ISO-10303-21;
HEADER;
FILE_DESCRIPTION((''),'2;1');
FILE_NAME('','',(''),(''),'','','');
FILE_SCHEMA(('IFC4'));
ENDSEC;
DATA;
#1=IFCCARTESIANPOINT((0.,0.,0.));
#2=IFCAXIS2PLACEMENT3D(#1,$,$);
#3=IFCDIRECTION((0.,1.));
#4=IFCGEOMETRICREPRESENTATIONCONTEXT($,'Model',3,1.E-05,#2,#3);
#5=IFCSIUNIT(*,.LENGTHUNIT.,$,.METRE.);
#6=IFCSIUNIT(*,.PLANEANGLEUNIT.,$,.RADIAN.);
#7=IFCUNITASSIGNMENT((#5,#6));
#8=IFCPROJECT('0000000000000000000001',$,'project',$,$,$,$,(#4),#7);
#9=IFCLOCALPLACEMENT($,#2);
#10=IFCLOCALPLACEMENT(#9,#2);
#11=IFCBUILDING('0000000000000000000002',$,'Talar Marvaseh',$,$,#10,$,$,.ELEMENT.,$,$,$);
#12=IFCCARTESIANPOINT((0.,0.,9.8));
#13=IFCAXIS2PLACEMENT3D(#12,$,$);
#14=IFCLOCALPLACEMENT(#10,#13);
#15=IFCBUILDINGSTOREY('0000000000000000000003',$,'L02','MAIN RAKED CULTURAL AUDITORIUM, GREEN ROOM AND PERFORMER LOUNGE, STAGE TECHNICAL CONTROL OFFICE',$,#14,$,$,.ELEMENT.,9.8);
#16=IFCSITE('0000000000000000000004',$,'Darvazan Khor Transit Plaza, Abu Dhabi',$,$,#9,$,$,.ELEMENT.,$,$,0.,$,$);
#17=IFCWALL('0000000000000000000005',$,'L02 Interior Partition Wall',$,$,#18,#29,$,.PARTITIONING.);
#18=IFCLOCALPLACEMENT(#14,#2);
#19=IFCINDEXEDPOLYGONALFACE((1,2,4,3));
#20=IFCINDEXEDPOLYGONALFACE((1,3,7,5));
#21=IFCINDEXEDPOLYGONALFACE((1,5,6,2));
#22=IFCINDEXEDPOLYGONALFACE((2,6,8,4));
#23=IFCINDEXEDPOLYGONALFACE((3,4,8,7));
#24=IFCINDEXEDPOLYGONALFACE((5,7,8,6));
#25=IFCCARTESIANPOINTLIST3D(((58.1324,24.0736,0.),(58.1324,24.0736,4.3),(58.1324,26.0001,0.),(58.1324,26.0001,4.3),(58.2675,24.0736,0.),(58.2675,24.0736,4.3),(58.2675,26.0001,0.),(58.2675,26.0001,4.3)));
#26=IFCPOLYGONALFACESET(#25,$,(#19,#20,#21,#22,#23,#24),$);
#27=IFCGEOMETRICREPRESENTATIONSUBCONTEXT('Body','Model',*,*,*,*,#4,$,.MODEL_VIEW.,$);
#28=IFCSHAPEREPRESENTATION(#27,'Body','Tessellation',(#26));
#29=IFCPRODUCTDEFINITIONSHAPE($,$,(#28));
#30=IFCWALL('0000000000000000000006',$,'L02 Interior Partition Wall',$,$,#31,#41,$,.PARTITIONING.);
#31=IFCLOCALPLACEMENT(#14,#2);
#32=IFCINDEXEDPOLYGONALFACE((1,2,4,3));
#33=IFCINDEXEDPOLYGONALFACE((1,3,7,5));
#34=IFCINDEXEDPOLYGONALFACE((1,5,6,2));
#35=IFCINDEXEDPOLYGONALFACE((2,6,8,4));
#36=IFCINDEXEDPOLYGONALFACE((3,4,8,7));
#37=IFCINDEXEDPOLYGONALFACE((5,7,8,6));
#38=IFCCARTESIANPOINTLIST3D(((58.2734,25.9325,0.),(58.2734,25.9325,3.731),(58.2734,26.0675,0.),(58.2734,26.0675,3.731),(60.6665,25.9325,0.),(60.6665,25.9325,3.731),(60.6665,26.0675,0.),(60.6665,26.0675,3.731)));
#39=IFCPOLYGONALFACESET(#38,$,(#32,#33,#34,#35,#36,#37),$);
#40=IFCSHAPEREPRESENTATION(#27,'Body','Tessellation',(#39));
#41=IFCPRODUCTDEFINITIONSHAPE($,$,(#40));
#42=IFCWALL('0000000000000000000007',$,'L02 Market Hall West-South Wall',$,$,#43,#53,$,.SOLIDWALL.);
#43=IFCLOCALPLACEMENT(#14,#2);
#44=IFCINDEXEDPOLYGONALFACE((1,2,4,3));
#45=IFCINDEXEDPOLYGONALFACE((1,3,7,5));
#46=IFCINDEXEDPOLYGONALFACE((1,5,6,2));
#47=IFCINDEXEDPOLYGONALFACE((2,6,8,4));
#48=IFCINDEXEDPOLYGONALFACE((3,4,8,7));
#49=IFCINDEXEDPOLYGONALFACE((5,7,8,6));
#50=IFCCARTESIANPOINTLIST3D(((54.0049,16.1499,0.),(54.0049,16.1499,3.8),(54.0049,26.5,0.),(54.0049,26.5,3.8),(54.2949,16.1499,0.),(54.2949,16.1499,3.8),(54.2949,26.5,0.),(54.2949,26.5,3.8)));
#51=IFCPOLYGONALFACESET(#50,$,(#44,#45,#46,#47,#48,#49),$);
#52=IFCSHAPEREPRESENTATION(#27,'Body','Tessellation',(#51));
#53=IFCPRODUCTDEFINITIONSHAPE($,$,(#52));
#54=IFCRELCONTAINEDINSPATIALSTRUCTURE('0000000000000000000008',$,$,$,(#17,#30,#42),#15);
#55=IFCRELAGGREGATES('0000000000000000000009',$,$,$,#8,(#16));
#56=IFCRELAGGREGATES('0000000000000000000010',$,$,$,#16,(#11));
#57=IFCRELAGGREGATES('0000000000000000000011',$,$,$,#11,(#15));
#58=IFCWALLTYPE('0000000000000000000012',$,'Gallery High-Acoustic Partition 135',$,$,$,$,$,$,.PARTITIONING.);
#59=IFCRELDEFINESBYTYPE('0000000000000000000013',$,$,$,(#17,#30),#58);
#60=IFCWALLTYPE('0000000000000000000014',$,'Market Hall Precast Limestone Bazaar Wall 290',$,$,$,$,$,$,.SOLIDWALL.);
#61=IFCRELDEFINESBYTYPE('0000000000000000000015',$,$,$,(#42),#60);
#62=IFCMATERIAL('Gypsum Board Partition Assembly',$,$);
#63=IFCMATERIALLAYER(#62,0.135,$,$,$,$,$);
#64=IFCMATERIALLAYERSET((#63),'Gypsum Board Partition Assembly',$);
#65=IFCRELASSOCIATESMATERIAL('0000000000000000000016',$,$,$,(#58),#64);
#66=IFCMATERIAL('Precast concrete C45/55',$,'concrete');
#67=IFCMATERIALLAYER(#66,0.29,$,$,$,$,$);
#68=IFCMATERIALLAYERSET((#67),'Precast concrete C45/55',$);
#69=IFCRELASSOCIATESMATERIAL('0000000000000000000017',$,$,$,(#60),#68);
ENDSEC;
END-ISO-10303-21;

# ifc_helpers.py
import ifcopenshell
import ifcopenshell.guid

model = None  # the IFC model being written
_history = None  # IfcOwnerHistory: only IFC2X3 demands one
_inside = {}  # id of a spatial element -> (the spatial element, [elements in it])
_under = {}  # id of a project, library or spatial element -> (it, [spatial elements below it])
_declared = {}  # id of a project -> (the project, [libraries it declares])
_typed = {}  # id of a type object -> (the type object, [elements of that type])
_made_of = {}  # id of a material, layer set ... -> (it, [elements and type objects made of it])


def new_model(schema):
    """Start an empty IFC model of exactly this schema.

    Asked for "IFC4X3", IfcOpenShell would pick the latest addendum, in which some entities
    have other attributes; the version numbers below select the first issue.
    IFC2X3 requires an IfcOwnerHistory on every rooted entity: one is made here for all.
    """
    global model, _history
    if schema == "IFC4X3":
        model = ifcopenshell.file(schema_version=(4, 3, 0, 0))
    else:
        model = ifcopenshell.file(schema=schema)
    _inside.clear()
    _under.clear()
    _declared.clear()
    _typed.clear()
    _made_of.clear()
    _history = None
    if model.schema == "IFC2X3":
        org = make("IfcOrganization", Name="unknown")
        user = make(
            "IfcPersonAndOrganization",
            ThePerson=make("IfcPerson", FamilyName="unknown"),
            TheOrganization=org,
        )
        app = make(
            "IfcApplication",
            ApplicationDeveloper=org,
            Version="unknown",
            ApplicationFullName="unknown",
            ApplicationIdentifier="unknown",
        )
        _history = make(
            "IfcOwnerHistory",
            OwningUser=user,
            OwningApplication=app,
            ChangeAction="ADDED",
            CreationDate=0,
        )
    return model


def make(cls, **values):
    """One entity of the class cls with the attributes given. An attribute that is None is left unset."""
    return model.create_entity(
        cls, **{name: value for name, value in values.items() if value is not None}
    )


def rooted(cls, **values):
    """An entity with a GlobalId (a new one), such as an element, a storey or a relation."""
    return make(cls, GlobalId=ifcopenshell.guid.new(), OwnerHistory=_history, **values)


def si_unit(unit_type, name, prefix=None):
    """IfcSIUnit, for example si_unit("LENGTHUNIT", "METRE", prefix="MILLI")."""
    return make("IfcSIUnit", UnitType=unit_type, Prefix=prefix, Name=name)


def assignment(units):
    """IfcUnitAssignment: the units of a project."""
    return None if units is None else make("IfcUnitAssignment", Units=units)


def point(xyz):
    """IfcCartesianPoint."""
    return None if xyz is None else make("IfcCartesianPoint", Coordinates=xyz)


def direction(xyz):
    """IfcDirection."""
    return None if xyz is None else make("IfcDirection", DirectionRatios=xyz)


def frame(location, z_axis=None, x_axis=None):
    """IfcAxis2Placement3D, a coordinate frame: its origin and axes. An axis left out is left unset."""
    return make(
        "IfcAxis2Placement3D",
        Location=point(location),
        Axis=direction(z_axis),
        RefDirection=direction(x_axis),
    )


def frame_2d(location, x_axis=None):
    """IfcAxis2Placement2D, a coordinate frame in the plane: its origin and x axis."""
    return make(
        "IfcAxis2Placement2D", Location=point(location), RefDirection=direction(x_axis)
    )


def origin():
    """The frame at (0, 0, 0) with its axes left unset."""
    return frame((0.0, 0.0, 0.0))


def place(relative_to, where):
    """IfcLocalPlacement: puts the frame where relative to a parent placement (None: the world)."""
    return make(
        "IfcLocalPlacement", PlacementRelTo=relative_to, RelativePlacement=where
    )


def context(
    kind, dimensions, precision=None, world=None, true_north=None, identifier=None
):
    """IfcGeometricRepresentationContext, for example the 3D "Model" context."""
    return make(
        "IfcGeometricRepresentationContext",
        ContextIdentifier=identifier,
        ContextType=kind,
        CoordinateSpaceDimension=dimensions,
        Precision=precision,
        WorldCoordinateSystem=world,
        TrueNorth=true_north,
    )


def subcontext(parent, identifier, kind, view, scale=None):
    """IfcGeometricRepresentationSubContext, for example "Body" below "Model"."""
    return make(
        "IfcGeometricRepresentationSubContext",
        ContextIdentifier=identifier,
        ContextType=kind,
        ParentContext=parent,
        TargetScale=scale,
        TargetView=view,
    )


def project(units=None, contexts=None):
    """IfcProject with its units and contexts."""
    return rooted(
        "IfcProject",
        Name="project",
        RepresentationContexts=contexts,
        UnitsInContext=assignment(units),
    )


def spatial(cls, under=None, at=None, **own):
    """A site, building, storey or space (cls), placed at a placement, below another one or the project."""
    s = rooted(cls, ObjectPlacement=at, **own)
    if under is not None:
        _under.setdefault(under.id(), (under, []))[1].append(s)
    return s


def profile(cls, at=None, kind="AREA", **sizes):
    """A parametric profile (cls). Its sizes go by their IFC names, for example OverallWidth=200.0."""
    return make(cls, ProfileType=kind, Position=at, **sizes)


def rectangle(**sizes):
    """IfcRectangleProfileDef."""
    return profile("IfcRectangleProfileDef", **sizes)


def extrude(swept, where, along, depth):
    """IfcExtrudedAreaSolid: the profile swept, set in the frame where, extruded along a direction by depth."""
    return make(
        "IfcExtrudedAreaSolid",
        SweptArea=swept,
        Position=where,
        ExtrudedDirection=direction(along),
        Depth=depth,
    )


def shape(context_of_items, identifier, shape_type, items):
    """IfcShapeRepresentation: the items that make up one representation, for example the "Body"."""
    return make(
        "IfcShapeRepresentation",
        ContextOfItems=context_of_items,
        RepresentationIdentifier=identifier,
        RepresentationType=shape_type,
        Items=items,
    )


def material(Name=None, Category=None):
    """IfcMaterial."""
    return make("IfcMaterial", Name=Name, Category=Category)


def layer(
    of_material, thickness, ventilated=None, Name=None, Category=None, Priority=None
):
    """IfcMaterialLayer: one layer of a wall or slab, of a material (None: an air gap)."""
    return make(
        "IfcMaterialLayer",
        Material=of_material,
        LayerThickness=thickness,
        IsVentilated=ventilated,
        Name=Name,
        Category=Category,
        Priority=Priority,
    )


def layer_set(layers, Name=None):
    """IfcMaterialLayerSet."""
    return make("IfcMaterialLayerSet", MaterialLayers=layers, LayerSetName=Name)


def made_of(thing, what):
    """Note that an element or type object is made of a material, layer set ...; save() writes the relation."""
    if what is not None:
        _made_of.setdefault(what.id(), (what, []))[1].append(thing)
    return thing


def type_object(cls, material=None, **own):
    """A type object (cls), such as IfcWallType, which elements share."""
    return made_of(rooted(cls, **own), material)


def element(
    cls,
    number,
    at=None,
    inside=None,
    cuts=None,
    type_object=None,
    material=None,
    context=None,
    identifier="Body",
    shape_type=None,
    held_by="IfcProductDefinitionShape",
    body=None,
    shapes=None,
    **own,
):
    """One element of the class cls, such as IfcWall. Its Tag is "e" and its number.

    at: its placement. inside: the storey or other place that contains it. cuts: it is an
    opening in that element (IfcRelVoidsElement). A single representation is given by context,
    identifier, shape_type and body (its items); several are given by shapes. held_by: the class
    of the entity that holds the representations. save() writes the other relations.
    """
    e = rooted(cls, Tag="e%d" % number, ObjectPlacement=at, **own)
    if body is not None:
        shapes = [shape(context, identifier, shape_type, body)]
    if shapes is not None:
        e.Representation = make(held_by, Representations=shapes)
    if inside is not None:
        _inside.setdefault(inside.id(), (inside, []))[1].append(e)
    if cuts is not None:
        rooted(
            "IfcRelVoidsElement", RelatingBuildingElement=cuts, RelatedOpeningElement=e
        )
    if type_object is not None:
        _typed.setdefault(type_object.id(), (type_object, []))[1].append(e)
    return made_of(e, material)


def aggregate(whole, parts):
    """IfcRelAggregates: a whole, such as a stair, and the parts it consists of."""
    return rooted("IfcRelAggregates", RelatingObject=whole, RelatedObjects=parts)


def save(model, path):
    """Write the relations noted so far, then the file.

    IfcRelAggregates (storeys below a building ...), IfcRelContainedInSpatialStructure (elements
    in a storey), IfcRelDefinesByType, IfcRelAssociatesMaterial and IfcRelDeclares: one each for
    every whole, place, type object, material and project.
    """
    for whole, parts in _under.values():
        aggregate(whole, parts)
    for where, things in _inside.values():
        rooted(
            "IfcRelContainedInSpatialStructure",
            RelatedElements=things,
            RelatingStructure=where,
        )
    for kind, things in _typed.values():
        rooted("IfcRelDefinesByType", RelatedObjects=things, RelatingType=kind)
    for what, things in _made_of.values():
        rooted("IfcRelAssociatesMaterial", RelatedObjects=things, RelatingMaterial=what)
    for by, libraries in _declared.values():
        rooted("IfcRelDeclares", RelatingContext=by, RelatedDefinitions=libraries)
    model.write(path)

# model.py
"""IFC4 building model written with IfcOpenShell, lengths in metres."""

from ifc_helpers import new_model, si_unit, direction, frame, frame_2d, origin, place, context, subcontext, project, spatial, rectangle, extrude, material, layer, layer_set, type_object, element, save


model = new_model("IFC4")

# Units and contexts
model_context = context("Model", 3, precision=1e-05, world=origin(), true_north=direction((0.0, 1.0)))
body_context = subcontext(model_context, "Body", "Model", "MODEL_VIEW")
ifc_project = project(units=[si_unit("LENGTHUNIT", "METRE"), si_unit("PLANEANGLEUNIT", "RADIAN")], contexts=[model_context])

# Site, building, storey
site_placement = place(None, origin())
site = spatial("IfcSite", under=ifc_project, at=site_placement, Name="Darvazan Khor Transit Plaza, Abu Dhabi", CompositionType="ELEMENT", RefElevation=0.0)
building_placement = place(site_placement, origin())
building = spatial("IfcBuilding", under=site, at=building_placement, Name="Talar Marvaseh", CompositionType="ELEMENT")
storey_placement = place(building_placement, frame((0.0, 0.0, 9.8)))
storey = spatial("IfcBuildingStorey", under=building, at=storey_placement, Name="L02", Description="MAIN RAKED CULTURAL AUDITORIUM, GREEN ROOM AND PERFORMER LOUNGE, STAGE TECHNICAL CONTROL OFFICE", CompositionType="ELEMENT", Elevation=9.8)

# Shared definitions
ifc_material_1 = material(Name="Precast concrete C45/55", Category="concrete")

# Walls
ifc_material_2 = material(Name="Gypsum Board Partition Assembly")
ifc_layer_1 = layer(ifc_material_2, 0.135)
ifc_layer_set_1 = layer_set([ifc_layer_1], Name="Gypsum Board Partition Assembly")
wall_type_1 = type_object("IfcWallType", Name="Gallery High-Acoustic Partition 135", PredefinedType="PARTITIONING", material=ifc_layer_set_1)
wall_1_placement = place(storey_placement, frame((58.2, 24.0735, 0.0), z_axis=(0.0, 0.0, 1.0), x_axis=(0.0, 1.0, 0.0)))
element("IfcWall", 1, at=wall_1_placement, inside=storey, type_object=wall_type_1, Name="L02 Interior Partition Wall", PredefinedType="PARTITIONING", context=body_context, shape_type="SweptSolid", body=[
    extrude(rectangle(XDim=1.9265, YDim=0.135, at=frame_2d((0.9634, 0.0))), origin(), (0.0, 0.0, 1.0), 4.3),
])
wall_2_placement = place(storey_placement, frame((58.2734, 26.0, 0.0), z_axis=(0.0, 0.0, 1.0), x_axis=(1.0, 0.0, 0.0)))
element("IfcWall", 2, at=wall_2_placement, inside=storey, type_object=wall_type_1, Name="L02 Interior Partition Wall", PredefinedType="PARTITIONING", context=body_context, shape_type="SweptSolid", body=[
    extrude(rectangle(XDim=2.3931, YDim=0.135, at=frame_2d((1.1965, 0.0))), origin(), (0.0, 0.0, 1.0), 3.731),
])
ifc_layer_2 = layer(ifc_material_1, 0.29)
ifc_layer_set_2 = layer_set([ifc_layer_2], Name="Precast concrete C45/55")
wall_type_2 = type_object("IfcWallType", Name="Market Hall Precast Limestone Bazaar Wall 290", PredefinedType="SOLIDWALL", material=ifc_layer_set_2)
wall_3_placement = place(storey_placement, frame((54.1499, 16.1499, 0.0), z_axis=(0.0, 0.0, 1.0), x_axis=(0.0, 1.0, 0.0)))
element("IfcWall", 3, at=wall_3_placement, inside=storey, type_object=wall_type_2, Name="L02 Market Hall West-South Wall", PredefinedType="SOLIDWALL", context=body_context, shape_type="SweptSolid", body=[
    extrude(rectangle(XDim=10.3501, YDim=0.29, at=frame_2d((5.175, 0.0))), origin(), (0.0, 0.0, 1.0), 3.8),
])

save(model, "model.ifc")
